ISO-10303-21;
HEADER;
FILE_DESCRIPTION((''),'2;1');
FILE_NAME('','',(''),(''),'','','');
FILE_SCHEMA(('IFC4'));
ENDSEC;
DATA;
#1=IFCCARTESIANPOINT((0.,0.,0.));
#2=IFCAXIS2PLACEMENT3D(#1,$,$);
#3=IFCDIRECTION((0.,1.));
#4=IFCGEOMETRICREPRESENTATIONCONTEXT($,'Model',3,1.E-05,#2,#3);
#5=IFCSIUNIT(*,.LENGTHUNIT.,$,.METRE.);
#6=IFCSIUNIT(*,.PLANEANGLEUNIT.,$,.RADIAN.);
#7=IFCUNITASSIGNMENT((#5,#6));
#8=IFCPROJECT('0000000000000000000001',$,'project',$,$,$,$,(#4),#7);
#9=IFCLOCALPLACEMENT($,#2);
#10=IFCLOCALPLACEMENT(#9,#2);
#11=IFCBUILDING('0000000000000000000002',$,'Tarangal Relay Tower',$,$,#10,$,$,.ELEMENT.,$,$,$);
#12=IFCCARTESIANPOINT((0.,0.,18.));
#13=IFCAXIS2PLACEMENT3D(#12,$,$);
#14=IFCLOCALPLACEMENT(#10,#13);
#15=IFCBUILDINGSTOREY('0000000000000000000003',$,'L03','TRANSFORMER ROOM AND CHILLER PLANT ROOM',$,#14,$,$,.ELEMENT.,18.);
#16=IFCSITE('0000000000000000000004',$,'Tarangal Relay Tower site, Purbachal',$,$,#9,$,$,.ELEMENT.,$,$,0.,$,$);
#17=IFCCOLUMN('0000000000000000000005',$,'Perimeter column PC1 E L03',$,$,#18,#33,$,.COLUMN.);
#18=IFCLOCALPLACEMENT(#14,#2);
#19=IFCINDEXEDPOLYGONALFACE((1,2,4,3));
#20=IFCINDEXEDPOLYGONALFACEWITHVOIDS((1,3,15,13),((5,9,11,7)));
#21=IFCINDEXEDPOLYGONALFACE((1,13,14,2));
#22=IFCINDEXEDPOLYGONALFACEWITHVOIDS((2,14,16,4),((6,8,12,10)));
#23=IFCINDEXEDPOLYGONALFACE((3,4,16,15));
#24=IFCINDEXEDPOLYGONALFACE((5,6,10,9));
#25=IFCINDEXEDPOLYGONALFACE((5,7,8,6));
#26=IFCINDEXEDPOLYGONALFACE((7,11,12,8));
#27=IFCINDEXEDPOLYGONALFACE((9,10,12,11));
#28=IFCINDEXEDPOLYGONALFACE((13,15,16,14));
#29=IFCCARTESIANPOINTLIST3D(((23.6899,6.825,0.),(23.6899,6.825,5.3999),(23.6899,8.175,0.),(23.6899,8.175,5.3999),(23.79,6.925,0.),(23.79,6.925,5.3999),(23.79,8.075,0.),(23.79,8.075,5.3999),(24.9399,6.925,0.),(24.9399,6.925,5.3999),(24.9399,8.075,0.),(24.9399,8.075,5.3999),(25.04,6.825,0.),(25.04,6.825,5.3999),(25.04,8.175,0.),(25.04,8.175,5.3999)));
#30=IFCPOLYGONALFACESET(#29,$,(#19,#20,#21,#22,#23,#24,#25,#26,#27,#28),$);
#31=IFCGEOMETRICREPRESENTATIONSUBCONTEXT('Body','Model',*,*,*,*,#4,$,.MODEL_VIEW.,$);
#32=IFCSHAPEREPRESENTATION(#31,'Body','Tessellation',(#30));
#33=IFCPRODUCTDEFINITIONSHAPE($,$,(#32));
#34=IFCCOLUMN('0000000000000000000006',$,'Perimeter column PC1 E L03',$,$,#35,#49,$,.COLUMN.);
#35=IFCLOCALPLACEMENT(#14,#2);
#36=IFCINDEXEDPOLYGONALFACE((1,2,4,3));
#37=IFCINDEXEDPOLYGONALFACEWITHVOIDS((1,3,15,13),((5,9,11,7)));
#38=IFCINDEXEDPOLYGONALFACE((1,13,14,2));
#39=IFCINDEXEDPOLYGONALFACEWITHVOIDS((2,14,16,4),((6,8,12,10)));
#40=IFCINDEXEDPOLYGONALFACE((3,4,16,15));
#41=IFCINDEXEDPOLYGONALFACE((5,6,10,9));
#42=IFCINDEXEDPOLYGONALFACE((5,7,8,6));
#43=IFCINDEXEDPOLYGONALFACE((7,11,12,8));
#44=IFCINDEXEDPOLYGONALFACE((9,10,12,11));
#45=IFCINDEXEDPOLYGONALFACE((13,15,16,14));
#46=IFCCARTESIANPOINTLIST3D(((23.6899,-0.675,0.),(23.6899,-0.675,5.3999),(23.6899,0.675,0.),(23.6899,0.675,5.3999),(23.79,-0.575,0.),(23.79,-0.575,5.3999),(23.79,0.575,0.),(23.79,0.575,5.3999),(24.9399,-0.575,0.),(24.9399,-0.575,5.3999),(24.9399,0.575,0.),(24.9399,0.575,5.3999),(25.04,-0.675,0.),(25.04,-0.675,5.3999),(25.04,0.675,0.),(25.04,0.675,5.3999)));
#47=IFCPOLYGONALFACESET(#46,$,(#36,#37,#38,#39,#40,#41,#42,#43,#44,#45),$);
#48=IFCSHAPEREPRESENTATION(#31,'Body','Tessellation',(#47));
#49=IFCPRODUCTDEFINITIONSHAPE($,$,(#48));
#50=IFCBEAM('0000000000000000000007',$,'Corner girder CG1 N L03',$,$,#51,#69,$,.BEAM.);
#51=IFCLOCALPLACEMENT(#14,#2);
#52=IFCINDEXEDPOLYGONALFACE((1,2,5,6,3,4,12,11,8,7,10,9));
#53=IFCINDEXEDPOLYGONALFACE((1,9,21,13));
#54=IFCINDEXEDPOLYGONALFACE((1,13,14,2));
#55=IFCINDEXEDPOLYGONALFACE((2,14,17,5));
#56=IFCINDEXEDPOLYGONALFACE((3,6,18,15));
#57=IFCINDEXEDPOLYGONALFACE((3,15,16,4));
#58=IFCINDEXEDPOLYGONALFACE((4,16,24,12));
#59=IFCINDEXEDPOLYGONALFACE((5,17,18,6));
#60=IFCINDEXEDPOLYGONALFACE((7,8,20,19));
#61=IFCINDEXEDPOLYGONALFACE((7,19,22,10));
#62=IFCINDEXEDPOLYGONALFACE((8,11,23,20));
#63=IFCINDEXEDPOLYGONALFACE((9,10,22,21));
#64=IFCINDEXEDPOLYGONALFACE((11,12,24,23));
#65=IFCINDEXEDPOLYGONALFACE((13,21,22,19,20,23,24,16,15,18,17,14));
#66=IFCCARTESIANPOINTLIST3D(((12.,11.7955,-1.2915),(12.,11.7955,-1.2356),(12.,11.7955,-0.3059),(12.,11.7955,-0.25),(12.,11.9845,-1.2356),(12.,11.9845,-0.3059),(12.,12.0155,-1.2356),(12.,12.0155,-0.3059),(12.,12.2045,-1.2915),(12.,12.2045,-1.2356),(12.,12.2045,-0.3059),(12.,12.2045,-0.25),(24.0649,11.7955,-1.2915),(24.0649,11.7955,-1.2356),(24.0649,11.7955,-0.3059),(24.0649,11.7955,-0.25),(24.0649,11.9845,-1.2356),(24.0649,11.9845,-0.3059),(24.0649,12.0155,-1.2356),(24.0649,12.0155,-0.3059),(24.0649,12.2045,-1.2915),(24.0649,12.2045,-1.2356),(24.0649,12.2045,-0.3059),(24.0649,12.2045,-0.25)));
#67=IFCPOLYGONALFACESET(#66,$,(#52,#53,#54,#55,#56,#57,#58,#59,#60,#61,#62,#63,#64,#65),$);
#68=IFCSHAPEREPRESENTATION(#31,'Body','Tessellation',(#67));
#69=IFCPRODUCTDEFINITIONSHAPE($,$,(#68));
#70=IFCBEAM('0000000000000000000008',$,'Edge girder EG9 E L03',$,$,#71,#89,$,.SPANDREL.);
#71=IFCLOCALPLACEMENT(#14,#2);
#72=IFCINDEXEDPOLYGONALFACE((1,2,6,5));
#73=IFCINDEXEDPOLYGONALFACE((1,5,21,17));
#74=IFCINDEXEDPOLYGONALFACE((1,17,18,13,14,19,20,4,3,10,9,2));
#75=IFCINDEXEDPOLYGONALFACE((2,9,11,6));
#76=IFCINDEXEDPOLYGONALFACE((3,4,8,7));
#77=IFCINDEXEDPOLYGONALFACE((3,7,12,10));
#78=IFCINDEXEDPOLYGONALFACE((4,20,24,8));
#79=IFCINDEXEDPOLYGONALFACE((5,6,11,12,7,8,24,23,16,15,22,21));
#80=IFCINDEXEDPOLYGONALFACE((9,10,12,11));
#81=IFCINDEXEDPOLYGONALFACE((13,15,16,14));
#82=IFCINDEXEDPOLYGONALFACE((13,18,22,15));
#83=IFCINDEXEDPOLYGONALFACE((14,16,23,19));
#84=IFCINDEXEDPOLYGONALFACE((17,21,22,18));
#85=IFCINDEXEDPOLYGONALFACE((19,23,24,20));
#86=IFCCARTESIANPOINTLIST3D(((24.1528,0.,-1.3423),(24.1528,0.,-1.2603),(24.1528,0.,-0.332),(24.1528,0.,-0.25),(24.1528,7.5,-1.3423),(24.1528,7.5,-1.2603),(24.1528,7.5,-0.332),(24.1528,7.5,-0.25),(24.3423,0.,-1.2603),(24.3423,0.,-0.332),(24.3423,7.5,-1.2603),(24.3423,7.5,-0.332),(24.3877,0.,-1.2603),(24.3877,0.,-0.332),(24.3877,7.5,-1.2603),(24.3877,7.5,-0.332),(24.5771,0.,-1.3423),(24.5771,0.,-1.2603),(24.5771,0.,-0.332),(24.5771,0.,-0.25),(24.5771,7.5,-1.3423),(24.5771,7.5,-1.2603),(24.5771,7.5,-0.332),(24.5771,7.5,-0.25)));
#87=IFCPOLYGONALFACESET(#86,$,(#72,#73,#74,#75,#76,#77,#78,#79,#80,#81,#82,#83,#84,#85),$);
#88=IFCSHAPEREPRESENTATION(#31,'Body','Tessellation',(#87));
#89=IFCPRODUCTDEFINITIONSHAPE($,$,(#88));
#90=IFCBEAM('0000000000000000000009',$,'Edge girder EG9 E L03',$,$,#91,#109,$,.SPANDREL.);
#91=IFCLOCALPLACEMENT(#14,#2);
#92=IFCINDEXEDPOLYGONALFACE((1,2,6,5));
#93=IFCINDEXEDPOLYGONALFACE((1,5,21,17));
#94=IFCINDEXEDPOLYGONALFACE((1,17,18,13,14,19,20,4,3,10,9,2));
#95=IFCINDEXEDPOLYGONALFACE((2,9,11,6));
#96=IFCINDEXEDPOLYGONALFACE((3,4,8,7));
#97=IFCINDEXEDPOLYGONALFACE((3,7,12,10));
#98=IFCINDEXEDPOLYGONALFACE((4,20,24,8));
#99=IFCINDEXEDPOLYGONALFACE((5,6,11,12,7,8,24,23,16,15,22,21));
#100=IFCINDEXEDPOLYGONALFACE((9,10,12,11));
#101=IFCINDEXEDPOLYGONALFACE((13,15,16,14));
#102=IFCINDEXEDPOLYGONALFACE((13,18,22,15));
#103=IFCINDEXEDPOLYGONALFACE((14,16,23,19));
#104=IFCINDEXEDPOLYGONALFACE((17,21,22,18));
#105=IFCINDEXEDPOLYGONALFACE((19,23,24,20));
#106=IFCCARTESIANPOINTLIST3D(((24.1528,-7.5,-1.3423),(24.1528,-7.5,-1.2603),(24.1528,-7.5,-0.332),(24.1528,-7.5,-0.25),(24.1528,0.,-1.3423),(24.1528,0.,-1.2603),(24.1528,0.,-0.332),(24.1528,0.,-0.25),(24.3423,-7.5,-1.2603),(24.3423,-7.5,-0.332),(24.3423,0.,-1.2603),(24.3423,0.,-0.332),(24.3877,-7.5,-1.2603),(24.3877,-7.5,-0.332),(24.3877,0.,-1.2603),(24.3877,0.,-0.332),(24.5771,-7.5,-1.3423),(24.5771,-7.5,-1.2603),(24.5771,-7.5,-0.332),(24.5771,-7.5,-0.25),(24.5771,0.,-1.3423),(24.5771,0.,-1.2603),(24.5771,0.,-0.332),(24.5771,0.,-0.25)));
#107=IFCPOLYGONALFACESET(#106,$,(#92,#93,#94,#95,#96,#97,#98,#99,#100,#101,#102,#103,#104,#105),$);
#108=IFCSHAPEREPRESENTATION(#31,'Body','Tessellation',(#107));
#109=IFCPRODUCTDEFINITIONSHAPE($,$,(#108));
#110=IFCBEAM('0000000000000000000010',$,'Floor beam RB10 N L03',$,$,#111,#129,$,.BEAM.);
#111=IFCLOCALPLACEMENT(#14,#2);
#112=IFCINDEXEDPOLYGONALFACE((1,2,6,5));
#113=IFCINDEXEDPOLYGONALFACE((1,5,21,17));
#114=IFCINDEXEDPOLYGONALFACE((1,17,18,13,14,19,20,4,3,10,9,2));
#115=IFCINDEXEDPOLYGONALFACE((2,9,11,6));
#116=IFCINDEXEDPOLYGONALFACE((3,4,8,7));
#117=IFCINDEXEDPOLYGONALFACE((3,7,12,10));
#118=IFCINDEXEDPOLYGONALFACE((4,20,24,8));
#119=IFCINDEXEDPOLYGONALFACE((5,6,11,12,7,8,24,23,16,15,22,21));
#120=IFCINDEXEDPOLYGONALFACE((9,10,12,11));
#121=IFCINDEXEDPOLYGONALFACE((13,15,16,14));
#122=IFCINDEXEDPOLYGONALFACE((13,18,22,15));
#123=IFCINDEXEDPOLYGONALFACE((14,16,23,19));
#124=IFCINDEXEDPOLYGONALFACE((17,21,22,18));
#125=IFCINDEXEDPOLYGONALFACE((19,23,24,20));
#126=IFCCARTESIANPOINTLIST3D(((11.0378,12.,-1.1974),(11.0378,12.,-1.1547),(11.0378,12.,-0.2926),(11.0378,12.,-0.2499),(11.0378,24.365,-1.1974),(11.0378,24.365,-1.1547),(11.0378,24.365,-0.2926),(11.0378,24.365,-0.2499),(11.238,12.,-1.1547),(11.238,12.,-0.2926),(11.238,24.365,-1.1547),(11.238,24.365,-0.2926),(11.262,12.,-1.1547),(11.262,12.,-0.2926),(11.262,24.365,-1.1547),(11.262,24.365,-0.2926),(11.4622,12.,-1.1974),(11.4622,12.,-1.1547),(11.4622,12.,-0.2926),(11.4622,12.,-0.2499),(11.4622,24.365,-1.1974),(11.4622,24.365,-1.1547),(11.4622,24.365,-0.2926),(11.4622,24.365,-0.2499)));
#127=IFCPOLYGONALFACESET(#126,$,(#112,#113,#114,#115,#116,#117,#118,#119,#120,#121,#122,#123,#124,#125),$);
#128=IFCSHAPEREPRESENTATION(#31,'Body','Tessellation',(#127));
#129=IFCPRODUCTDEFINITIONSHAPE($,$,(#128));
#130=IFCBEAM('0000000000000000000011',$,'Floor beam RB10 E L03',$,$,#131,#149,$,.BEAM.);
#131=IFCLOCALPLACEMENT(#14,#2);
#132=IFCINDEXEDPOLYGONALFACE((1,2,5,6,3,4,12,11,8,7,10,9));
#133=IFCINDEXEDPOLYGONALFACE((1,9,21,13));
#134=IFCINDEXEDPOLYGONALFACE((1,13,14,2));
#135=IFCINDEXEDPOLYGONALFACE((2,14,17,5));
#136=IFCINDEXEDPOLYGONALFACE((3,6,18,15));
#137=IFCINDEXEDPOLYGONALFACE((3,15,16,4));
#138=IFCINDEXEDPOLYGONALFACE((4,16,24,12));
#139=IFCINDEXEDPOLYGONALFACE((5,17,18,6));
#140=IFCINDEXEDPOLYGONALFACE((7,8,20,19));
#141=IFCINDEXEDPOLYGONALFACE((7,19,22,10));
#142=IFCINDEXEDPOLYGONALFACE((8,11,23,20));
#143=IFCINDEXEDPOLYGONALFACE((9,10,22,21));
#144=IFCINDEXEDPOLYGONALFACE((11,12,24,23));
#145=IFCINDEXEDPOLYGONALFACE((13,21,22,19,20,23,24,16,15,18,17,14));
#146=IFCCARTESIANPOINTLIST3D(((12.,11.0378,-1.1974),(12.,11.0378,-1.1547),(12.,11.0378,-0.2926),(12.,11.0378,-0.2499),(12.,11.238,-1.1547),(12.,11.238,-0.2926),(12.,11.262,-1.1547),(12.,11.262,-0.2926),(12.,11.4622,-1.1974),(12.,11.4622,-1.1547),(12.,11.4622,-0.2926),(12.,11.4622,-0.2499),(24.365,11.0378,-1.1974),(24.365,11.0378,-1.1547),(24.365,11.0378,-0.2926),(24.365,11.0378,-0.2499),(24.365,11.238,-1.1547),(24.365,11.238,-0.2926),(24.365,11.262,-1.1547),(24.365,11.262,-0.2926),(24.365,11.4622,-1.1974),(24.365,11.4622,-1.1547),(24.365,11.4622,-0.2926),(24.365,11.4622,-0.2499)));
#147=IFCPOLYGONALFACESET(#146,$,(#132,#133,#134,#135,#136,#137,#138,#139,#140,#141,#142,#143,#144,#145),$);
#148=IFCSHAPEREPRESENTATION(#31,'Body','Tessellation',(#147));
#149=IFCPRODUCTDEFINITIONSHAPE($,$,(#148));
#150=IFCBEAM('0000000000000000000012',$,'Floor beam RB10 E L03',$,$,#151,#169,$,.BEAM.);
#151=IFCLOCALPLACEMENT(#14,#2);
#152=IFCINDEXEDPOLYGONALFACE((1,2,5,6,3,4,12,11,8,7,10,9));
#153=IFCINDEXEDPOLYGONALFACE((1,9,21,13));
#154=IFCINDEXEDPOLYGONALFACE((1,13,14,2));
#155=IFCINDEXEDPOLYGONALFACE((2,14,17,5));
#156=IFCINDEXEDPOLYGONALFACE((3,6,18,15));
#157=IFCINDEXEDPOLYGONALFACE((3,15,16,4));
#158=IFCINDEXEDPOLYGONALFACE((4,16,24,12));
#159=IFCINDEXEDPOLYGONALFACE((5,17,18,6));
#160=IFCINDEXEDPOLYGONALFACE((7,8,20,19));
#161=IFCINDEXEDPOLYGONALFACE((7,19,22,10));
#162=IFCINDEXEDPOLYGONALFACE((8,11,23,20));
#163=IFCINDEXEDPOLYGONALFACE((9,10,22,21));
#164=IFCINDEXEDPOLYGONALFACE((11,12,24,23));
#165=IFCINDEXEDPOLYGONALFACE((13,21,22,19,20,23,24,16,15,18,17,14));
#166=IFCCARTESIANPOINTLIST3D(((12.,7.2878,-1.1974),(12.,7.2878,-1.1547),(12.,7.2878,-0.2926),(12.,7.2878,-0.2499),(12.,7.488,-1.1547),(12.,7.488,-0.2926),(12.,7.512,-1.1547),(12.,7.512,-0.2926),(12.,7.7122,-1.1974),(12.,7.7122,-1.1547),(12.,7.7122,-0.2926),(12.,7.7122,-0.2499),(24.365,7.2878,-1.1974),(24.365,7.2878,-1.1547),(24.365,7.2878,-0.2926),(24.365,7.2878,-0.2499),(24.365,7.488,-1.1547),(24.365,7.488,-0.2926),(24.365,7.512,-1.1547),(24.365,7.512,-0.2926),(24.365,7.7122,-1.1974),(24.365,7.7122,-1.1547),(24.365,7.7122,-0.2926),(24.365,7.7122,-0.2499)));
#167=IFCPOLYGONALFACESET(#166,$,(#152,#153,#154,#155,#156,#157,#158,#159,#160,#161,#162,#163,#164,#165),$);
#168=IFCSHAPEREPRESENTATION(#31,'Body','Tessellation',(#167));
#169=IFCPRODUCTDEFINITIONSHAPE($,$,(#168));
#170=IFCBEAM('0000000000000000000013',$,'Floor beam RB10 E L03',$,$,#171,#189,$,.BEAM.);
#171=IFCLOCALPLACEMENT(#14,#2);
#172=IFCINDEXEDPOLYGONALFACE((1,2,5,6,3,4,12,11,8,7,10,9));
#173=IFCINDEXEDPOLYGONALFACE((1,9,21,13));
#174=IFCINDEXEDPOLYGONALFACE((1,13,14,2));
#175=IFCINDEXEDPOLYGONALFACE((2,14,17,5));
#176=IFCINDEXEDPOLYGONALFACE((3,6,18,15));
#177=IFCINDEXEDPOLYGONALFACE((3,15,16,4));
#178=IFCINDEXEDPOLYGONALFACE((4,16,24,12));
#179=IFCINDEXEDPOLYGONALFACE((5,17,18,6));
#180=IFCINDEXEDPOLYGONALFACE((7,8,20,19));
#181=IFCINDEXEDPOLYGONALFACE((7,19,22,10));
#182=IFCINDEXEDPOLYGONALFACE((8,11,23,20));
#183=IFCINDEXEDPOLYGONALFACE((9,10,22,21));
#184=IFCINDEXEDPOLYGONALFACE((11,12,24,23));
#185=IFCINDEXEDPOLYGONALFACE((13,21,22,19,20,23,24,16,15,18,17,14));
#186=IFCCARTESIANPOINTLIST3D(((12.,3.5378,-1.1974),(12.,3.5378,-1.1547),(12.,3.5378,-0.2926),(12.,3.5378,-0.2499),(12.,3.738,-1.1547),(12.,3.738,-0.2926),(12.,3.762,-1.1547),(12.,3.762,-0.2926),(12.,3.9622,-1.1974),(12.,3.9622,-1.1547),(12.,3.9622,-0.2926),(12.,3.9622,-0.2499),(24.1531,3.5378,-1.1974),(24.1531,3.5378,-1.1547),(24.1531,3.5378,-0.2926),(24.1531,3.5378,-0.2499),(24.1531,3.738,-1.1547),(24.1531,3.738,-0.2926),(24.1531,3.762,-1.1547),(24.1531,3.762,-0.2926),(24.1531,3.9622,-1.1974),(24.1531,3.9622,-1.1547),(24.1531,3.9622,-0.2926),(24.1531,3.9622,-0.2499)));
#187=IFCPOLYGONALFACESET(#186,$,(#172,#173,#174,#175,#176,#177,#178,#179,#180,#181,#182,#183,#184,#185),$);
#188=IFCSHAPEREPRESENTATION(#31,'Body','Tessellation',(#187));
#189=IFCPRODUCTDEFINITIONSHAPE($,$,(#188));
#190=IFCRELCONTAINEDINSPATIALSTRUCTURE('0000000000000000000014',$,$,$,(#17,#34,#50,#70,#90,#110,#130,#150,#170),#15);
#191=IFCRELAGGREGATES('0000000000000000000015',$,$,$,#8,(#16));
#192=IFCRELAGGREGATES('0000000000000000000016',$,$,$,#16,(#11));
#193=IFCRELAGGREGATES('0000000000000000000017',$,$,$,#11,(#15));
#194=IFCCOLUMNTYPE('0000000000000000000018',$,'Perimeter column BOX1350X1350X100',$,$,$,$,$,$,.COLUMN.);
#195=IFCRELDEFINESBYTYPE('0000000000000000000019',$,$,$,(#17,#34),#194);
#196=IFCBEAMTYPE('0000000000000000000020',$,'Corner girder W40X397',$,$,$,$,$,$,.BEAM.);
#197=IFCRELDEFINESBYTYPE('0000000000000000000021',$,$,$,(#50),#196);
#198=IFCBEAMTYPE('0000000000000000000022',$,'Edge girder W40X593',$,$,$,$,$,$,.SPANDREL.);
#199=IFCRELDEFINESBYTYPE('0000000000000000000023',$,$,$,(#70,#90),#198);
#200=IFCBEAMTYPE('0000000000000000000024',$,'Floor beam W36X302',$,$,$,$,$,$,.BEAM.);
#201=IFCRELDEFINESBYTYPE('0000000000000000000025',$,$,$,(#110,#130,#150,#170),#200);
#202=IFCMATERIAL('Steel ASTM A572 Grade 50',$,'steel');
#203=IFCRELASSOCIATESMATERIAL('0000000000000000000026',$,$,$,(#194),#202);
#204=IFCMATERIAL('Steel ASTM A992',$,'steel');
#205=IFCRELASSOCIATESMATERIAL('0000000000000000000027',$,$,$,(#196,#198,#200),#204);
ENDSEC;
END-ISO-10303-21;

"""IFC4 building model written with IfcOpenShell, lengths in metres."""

from ifc_helpers import new_model, si_unit, direction, frame, origin, origin_2d, place, context, subcontext, project, spatial, hollow_rectangle, i_section, extrude, material, material_profile, profile_set, type_object, element, save


model = new_model("IFC4")

# Units and contexts
model_context = context("Model", 3, precision=1e-05, world=origin(), true_north=direction((0.0, 1.0)))
body_context = subcontext(model_context, "Body", "Model", "MODEL_VIEW")
ifc_project = project(units=[si_unit("LENGTHUNIT", "METRE"), si_unit("PLANEANGLEUNIT", "RADIAN")], contexts=[model_context])

# Site, building, storey
site_placement = place(None, origin())
site = spatial("IfcSite", under=ifc_project, at=site_placement, Name="Tarangal Relay Tower site, Purbachal", CompositionType="ELEMENT", RefElevation=0.0)
building_placement = place(site_placement, origin())
building = spatial("IfcBuilding", under=site, at=building_placement, Name="Tarangal Relay Tower", CompositionType="ELEMENT")
storey_placement = place(building_placement, frame((0.0, 0.0, 18.0)))
storey = spatial("IfcBuildingStorey", under=building, at=storey_placement, Name="L03", Description="TRANSFORMER ROOM AND CHILLER PLANT ROOM", CompositionType="ELEMENT", Elevation=18.0)

# Columns
ifc_material_1 = material(Name="Steel ASTM A572 Grade 50", Category="steel")
ifc_material_profile_1 = material_profile(ifc_material_1, hollow_rectangle(XDim=1.3501, YDim=1.3501, WallThickness=0.1001, at=origin_2d()), Name="BOX1350X1350X100")
ifc_profile_set_1 = profile_set([ifc_material_profile_1], Name="Steel ASTM A572 Grade 50")
column_type = type_object("IfcColumnType", Name="Perimeter column BOX1350X1350X100", PredefinedType="COLUMN", material=ifc_profile_set_1)
for number, where, z_axis, x_axis, name in (
    (1, (24.365, 7.5, 0.0), (0.0, 0.0, 1.0), (1.0, 0.0, 0.0), "Perimeter column PC1 E L03"),
    (2, (24.365, 0.0, 0.0), (0.0, 0.0, 1.0), (1.0, 0.0, 0.0), "Perimeter column PC1 E L03"),
):
    element("IfcColumn", number, at=place(storey_placement, frame(where, z_axis=z_axis, x_axis=x_axis)), inside=storey, type_object=column_type, Name=name, PredefinedType="COLUMN", context=body_context, shape_type="SweptSolid", body=[
        extrude(hollow_rectangle(XDim=1.3501, YDim=1.3501, WallThickness=0.1001, at=origin_2d()), origin(), (0.0, 0.0, 1.0), 5.3999),
    ])

# Beams
ifc_material_2 = material(Name="Steel ASTM A992", Category="steel")
ifc_material_profile_2 = material_profile(ifc_material_2, i_section(OverallWidth=0.4089, OverallDepth=1.0415, WebThickness=0.031, FlangeThickness=0.0559, at=origin_2d()), Name="W40X397")
ifc_profile_set_2 = profile_set([ifc_material_profile_2], Name="Steel ASTM A992")
beam_type_1 = type_object("IfcBeamType", Name="Corner girder W40X397", PredefinedType="BEAM", material=ifc_profile_set_2)
beam_1_placement = place(storey_placement, frame((12.0, 12.0, -0.7708), z_axis=(1.0, 0.0, 0.0), x_axis=(0.0, 1.0, 0.0)))
element("IfcBeam", 3, at=beam_1_placement, inside=storey, type_object=beam_type_1, Name="Corner girder CG1 N L03", PredefinedType="BEAM", context=body_context, shape_type="SweptSolid", body=[
    extrude(i_section(OverallWidth=0.4089, OverallDepth=1.0415, WebThickness=0.031, FlangeThickness=0.0559, at=origin_2d()), origin(), (0.0, 0.0, 1.0), 12.0649),
])
ifc_material_profile_3 = material_profile(ifc_material_2, i_section(OverallWidth=0.4243, OverallDepth=1.0923, WebThickness=0.0454, FlangeThickness=0.082, at=origin_2d()), Name="W40X593")
ifc_profile_set_3 = profile_set([ifc_material_profile_3], Name="Steel ASTM A992")
beam_type_2 = type_object("IfcBeamType", Name="Edge girder W40X593", PredefinedType="SPANDREL", material=ifc_profile_set_3)
for number, where, z_axis, x_axis, name in (
    (4, (24.365, 7.5, -0.7961), (0.0, -1.0, 0.0), (1.0, 0.0, 0.0), "Edge girder EG9 E L03"),
    (5, (24.365, 0.0, -0.7961), (0.0, -1.0, 0.0), (1.0, 0.0, 0.0), "Edge girder EG9 E L03"),
):
    element("IfcBeam", number, at=place(storey_placement, frame(where, z_axis=z_axis, x_axis=x_axis)), inside=storey, type_object=beam_type_2, Name=name, PredefinedType="SPANDREL", context=body_context, shape_type="SweptSolid", body=[
        extrude(i_section(OverallWidth=0.4243, OverallDepth=1.0923, WebThickness=0.0454, FlangeThickness=0.082, at=origin_2d()), origin(), (0.0, 0.0, 1.0), 7.5),
    ])
ifc_material_profile_4 = material_profile(ifc_material_2, i_section(OverallWidth=0.4243, OverallDepth=0.9475, WebThickness=0.0239, FlangeThickness=0.0427, at=origin_2d()), Name="W36X302")
ifc_profile_set_4 = profile_set([ifc_material_profile_4], Name="Steel ASTM A992")
beam_type_3 = type_object("IfcBeamType", Name="Floor beam W36X302", PredefinedType="BEAM", material=ifc_profile_set_4)
for number, where, z_axis, x_axis, name in (
    (6, (11.25, 12.0, -0.7236), (0.0, 1.0, 0.0), (-1.0, 0.0, 0.0), "Floor beam RB10 N L03"),
    (7, (12.0, 11.25, -0.7236), (1.0, 0.0, 0.0), (0.0, 1.0, 0.0), "Floor beam RB10 E L03"),
    (8, (12.0, 7.5, -0.7236), (1.0, 0.0, 0.0), (0.0, 1.0, 0.0), "Floor beam RB10 E L03"),
):
    element("IfcBeam", number, at=place(storey_placement, frame(where, z_axis=z_axis, x_axis=x_axis)), inside=storey, type_object=beam_type_3, Name=name, PredefinedType="BEAM", context=body_context, shape_type="SweptSolid", body=[
        extrude(i_section(OverallWidth=0.4243, OverallDepth=0.9475, WebThickness=0.0239, FlangeThickness=0.0427, at=origin_2d()), origin(), (0.0, 0.0, 1.0), 12.365),
    ])
beam_2_placement = place(storey_placement, frame((12.0, 3.75, -0.7236), z_axis=(1.0, 0.0, 0.0), x_axis=(0.0, 1.0, 0.0)))
element("IfcBeam", 9, at=beam_2_placement, inside=storey, type_object=beam_type_3, Name="Floor beam RB10 E L03", PredefinedType="BEAM", context=body_context, shape_type="SweptSolid", body=[
    extrude(i_section(OverallWidth=0.4243, OverallDepth=0.9475, WebThickness=0.0239, FlangeThickness=0.0427, at=origin_2d()), origin(), (0.0, 0.0, 1.0), 12.1531),
])

save(model, "model.ifc")
